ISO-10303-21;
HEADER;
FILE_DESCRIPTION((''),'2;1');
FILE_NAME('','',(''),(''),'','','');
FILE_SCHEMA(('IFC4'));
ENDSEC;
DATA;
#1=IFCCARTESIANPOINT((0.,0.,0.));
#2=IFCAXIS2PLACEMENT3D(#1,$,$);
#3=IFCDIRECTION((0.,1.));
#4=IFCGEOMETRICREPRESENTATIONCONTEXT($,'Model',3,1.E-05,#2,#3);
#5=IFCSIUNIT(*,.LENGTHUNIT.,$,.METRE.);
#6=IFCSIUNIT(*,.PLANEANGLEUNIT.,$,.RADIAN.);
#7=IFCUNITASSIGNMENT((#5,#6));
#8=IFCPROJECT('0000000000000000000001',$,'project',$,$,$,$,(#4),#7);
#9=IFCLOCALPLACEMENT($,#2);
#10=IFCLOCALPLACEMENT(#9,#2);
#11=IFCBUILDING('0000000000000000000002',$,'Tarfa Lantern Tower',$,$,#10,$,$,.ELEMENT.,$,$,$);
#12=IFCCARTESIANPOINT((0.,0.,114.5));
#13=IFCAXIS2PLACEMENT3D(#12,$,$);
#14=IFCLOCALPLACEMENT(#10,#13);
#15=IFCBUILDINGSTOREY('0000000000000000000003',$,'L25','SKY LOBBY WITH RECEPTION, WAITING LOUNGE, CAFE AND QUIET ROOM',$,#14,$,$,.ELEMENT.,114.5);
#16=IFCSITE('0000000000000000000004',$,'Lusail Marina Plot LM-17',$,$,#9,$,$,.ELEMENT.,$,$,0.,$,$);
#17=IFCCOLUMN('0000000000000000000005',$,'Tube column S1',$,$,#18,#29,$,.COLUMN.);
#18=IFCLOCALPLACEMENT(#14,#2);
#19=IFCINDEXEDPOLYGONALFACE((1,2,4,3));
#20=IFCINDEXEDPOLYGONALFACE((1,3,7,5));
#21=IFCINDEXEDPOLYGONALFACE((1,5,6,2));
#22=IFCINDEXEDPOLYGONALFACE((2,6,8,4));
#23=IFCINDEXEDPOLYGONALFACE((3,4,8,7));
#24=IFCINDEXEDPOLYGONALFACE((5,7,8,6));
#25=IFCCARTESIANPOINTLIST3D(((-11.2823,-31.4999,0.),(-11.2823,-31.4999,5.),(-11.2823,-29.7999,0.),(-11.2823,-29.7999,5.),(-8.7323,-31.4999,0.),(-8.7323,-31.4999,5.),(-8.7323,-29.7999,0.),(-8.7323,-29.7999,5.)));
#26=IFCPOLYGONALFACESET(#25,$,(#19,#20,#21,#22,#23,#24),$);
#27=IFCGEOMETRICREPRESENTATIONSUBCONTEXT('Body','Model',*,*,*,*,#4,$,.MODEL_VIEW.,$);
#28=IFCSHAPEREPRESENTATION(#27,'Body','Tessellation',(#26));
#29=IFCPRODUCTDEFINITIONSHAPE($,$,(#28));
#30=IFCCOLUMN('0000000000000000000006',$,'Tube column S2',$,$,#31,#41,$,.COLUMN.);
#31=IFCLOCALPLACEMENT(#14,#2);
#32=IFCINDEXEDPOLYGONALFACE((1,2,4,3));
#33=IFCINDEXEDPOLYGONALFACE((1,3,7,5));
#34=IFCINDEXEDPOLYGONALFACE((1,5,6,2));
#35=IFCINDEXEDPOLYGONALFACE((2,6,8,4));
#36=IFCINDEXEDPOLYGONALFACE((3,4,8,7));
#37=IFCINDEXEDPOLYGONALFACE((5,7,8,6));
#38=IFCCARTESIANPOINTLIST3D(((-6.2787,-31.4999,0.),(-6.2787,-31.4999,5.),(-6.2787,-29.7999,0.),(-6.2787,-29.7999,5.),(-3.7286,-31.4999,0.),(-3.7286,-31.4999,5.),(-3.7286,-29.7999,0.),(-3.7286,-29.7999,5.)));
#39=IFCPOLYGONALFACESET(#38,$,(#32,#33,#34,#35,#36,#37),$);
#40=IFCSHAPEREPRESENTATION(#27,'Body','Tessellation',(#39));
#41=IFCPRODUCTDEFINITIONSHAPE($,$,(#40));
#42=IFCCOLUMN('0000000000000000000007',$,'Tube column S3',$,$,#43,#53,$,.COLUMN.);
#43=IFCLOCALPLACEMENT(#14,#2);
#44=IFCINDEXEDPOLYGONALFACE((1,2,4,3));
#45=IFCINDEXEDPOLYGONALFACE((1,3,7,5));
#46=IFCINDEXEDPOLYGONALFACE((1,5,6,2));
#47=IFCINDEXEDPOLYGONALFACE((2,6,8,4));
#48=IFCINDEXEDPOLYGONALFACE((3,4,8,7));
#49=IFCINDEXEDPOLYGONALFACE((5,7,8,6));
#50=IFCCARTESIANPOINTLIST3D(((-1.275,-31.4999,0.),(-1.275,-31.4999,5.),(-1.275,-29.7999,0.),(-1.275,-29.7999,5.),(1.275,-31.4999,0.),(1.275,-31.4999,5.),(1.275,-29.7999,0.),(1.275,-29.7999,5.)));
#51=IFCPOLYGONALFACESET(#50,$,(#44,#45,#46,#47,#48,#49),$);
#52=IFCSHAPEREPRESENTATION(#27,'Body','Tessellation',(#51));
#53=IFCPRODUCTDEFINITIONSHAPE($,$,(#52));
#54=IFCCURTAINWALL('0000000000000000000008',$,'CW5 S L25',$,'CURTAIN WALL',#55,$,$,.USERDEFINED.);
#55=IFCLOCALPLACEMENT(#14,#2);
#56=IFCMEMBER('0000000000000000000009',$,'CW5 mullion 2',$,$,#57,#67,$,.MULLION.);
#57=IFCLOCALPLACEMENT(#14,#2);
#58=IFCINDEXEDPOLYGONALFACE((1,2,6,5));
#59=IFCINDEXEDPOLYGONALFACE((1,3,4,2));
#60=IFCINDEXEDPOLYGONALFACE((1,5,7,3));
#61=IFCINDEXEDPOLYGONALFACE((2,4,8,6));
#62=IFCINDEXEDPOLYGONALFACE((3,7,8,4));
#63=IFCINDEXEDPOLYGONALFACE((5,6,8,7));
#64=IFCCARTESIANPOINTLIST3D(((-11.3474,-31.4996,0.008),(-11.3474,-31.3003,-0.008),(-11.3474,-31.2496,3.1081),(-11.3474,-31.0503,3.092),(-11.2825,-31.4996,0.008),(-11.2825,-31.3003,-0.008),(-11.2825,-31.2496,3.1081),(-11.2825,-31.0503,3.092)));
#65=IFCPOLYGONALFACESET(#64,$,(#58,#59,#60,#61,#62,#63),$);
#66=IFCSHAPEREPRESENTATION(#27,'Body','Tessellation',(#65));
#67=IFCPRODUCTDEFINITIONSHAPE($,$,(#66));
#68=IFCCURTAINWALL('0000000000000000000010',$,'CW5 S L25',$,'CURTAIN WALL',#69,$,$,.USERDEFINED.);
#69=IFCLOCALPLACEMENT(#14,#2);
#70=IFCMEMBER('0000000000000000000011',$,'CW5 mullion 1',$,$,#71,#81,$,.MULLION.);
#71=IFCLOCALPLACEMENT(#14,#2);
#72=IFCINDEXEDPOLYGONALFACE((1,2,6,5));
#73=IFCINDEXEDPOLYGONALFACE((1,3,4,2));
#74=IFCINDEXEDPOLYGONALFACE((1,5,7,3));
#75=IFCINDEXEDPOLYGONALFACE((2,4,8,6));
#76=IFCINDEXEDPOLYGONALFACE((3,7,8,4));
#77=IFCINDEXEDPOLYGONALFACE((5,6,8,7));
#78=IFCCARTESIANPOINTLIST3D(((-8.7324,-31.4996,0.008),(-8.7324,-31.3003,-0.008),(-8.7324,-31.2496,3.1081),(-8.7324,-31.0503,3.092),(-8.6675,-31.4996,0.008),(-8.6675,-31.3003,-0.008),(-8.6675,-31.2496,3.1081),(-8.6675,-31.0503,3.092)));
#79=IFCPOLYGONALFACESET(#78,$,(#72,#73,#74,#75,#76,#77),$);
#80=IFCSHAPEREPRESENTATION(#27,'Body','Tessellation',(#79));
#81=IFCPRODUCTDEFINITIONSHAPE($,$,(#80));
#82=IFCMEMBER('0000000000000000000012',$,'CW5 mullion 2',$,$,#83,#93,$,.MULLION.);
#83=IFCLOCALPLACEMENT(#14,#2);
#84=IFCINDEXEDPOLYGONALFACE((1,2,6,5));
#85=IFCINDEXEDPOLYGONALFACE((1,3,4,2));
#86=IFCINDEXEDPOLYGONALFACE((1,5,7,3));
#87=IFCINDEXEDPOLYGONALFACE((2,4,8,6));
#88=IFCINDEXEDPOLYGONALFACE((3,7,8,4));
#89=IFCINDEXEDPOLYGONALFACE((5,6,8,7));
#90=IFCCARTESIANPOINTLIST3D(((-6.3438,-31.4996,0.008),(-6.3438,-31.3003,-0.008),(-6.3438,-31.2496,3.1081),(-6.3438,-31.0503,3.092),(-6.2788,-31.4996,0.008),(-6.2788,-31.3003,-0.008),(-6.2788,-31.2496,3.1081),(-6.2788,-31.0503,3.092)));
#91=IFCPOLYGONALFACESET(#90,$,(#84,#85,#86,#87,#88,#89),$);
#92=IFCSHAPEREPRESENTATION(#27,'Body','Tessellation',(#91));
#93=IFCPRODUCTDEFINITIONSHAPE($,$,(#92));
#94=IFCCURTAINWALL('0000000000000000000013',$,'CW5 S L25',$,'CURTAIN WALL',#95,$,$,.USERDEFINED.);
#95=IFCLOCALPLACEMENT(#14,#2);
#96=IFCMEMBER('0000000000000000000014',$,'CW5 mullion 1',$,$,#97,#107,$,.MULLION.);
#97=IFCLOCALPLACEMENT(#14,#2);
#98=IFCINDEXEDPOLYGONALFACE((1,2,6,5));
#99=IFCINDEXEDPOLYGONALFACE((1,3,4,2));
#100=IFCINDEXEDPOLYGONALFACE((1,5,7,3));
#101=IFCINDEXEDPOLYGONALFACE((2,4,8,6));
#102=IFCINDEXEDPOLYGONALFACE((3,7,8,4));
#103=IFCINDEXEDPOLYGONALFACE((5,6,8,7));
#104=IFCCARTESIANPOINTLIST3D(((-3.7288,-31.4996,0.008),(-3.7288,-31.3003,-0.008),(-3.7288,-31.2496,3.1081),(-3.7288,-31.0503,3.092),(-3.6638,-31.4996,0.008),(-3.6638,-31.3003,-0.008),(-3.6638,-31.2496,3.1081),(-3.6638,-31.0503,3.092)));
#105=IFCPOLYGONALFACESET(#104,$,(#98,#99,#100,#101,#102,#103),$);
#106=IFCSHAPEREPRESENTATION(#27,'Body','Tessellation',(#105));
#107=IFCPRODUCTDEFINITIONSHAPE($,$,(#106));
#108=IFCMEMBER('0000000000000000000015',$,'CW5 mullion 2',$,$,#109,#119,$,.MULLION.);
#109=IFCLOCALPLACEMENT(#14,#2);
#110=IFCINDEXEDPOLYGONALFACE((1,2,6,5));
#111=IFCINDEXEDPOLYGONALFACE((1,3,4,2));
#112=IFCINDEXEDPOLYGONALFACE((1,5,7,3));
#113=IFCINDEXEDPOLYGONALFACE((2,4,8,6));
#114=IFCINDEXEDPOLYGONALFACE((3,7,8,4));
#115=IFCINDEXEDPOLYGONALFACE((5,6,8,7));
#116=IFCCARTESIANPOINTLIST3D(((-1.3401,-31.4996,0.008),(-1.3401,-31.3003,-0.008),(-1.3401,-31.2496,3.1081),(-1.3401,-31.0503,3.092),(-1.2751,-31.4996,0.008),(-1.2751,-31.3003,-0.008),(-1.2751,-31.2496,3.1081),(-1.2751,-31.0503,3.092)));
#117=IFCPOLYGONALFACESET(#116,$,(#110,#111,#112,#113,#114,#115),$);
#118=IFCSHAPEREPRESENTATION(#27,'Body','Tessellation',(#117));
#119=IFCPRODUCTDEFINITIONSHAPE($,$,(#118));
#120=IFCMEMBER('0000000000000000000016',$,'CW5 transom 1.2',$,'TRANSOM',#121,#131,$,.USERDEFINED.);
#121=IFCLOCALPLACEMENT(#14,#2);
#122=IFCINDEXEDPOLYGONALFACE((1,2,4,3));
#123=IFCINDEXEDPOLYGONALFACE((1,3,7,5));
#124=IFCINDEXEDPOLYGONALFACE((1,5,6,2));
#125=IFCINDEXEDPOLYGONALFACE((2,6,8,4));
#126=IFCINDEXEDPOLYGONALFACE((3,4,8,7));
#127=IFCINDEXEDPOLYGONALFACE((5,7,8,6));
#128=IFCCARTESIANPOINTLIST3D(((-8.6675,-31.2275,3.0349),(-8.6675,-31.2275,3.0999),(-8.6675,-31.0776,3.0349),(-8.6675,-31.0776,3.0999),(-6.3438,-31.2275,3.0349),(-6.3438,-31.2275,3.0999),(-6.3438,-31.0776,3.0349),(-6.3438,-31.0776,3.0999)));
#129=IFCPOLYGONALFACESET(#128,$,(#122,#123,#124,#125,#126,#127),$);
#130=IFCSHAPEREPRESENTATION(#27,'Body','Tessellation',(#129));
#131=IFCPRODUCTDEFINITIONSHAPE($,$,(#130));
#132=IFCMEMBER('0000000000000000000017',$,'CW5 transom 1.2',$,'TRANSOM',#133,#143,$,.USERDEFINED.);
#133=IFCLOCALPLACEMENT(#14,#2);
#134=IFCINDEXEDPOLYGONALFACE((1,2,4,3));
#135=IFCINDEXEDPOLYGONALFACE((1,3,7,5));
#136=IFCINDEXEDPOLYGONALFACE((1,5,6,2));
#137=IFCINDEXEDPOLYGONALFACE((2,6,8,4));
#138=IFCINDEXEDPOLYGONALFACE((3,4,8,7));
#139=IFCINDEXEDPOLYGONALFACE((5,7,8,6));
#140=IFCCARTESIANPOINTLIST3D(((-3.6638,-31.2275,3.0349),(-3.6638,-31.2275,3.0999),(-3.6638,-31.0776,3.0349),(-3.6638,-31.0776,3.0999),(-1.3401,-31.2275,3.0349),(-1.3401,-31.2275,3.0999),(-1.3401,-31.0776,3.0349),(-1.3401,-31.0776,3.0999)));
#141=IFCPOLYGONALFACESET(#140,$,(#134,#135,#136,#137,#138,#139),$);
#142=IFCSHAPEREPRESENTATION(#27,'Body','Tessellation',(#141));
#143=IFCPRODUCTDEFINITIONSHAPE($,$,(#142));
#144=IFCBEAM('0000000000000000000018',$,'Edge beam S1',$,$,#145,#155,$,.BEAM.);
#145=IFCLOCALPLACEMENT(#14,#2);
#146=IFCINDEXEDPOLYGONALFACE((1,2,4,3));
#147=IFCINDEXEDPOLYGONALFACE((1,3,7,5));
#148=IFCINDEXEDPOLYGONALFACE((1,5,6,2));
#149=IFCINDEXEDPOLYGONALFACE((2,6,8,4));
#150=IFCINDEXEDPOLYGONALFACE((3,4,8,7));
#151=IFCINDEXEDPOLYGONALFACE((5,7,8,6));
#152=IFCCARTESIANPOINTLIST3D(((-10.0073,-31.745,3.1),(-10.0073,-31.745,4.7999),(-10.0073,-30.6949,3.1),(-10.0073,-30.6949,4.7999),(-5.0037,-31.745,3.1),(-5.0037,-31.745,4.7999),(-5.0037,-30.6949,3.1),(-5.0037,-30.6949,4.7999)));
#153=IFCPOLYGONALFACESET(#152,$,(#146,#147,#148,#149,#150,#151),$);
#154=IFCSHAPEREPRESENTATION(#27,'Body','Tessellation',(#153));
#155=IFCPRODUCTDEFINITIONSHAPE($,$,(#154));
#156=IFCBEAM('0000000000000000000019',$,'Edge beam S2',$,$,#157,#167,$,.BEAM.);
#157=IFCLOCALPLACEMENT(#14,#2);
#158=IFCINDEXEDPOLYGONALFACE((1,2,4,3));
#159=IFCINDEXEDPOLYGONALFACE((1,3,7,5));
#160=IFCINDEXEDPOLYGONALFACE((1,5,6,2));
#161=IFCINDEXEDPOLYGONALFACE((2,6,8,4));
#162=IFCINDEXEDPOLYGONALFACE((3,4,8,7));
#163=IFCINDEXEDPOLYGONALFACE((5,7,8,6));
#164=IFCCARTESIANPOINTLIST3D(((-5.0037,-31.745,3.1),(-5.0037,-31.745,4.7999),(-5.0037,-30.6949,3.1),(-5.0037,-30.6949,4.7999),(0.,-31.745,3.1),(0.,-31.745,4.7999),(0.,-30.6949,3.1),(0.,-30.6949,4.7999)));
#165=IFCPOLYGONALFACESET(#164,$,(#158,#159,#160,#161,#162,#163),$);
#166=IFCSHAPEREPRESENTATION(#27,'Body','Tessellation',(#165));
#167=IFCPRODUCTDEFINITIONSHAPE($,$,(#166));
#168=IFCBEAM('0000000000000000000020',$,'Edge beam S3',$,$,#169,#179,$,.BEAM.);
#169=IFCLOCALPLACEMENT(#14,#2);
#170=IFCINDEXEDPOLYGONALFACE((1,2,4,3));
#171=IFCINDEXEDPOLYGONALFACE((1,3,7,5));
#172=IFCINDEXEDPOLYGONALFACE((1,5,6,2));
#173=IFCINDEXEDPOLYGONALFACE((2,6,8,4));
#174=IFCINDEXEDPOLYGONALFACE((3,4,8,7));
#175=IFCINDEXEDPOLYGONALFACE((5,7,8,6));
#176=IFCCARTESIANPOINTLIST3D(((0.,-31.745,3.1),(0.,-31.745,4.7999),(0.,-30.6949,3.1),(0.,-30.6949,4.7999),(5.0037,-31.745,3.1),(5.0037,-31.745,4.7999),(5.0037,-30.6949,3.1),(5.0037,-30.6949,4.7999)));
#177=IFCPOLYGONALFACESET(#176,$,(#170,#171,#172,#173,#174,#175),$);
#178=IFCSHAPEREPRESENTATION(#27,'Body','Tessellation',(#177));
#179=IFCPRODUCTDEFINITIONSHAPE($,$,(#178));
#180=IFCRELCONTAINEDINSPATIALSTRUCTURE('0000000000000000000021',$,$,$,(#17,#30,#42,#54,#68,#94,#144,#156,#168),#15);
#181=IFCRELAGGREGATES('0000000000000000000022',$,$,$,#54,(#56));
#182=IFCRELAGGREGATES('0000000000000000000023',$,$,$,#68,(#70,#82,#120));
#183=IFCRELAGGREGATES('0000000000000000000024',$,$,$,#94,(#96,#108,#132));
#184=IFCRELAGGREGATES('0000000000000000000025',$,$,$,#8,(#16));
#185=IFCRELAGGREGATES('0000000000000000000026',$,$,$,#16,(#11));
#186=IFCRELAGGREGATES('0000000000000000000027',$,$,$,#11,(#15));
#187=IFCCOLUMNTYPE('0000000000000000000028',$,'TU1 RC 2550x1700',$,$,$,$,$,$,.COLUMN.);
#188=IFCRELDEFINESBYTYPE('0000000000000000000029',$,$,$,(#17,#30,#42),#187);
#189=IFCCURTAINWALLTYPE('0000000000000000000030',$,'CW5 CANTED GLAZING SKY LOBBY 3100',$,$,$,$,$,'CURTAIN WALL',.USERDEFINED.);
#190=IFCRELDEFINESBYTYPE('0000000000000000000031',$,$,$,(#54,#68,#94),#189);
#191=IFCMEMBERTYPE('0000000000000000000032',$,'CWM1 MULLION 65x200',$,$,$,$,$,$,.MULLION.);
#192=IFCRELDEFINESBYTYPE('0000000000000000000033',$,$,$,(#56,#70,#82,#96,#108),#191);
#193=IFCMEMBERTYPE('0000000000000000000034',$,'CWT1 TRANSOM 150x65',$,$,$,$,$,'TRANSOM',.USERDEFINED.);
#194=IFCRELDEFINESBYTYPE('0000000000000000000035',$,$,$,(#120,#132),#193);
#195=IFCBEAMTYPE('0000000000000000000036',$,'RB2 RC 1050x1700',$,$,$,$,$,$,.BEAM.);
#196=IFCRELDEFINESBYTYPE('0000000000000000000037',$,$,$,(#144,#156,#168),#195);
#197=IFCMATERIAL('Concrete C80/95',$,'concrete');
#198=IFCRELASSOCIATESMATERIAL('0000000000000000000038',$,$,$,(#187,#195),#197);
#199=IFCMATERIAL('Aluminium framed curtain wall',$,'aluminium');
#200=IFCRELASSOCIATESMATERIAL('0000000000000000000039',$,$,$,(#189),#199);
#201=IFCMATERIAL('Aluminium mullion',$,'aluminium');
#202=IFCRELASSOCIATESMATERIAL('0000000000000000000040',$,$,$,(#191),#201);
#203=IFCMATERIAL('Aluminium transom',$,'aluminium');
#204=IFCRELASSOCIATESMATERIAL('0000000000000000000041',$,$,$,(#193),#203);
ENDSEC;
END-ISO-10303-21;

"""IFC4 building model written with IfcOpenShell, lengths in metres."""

from ifc_helpers import new_model, si_unit, direction, frame, origin, origin_2d, place, context, subcontext, project, spatial, rectangle, extrude, material, material_profile, profile_set, type_object, element, aggregate, save


model = new_model("IFC4")

# Units and contexts
model_context = context("Model", 3, precision=1e-05, world=origin(), true_north=direction((0.0, 1.0)))
body_context = subcontext(model_context, "Body", "Model", "MODEL_VIEW")
ifc_project = project(units=[si_unit("LENGTHUNIT", "METRE"), si_unit("PLANEANGLEUNIT", "RADIAN")], contexts=[model_context])

# Site, building, storey
site_placement = place(None, origin())
site = spatial("IfcSite", under=ifc_project, at=site_placement, Name="Lusail Marina Plot LM-17", CompositionType="ELEMENT", RefElevation=0.0)
building_placement = place(site_placement, origin())
building = spatial("IfcBuilding", under=site, at=building_placement, Name="Tarfa Lantern Tower", CompositionType="ELEMENT")
storey_placement = place(building_placement, frame((0.0, 0.0, 114.5)))
storey = spatial("IfcBuildingStorey", under=building, at=storey_placement, Name="L25", Description="SKY LOBBY WITH RECEPTION, WAITING LOUNGE, CAFE AND QUIET ROOM", CompositionType="ELEMENT", Elevation=114.5)

# Columns
ifc_material_1 = material(Name="Concrete C80/95", Category="concrete")
ifc_material_profile_1 = material_profile(ifc_material_1, rectangle(XDim=2.55, YDim=1.7, at=origin_2d()), Name="RC 2550x1700")
ifc_profile_set_1 = profile_set([ifc_material_profile_1], Name="Concrete C80/95")
column_type = type_object("IfcColumnType", Name="TU1 RC 2550x1700", PredefinedType="COLUMN", material=ifc_profile_set_1)
for number, where, z_axis, x_axis, name in (
    (1, (-10.0073, -30.6499, 0.0), (0.0, 0.0, 1.0), (1.0, 0.0, 0.0), "Tube column S1"),
    (2, (-5.0037, -30.6499, 0.0), (0.0, 0.0, 1.0), (1.0, 0.0, 0.0), "Tube column S2"),
    (3, (0.0, -30.6499, 0.0), (0.0, 0.0, 1.0), (1.0, 0.0, 0.0), "Tube column S3"),
):
    element("IfcColumn", number, at=place(storey_placement, frame(where, z_axis=z_axis, x_axis=x_axis)), inside=storey, type_object=column_type, Name=name, PredefinedType="COLUMN", context=body_context, shape_type="SweptSolid", body=[
        extrude(rectangle(XDim=2.55, YDim=1.7, at=origin_2d()), origin(), (0.0, 0.0, 1.0), 5.0),
    ])

# Curtain wall, member
ifc_material_2 = material(Name="Aluminium framed curtain wall", Category="aluminium")
curtain_wall_type = type_object("IfcCurtainWallType", Name="CW5 CANTED GLAZING SKY LOBBY 3100", ElementType="CURTAIN WALL", PredefinedType="USERDEFINED", material=ifc_material_2)
curtain_wall_1_placement = place(storey_placement, origin())
curtain_wall_1 = element("IfcCurtainWall", 4, at=curtain_wall_1_placement, inside=storey, type_object=curtain_wall_type, Name="CW5 S L25", ObjectType="CURTAIN WALL", PredefinedType="USERDEFINED")
ifc_material_3 = material(Name="Aluminium mullion", Category="aluminium")
ifc_material_profile_2 = material_profile(ifc_material_3, rectangle(XDim=0.0649, YDim=0.2, at=origin_2d()), Name="AL MULLION 65x200")
ifc_profile_set_2 = profile_set([ifc_material_profile_2], Name="Aluminium mullion")
member_type_1 = type_object("IfcMemberType", Name="CWM1 MULLION 65x200", PredefinedType="MULLION", material=ifc_profile_set_2)
member_1_placement = place(storey_placement, frame((-11.3149, -31.3999, 0.0), z_axis=(0.0, 0.080382, 0.996764), x_axis=(-1.0, 0.0, 0.0)))
member_1 = element("IfcMember", 5, at=member_1_placement, type_object=member_type_1, Name="CW5 mullion 2", PredefinedType="MULLION", context=body_context, shape_type="SweptSolid", body=[
    extrude(rectangle(XDim=0.0649, YDim=0.2, at=origin_2d()), origin(), (0.0, 0.0, 1.0), 3.1101),
])
aggregate(curtain_wall_1, [member_1])

# Curtain walls, members
curtain_wall_2_placement = place(storey_placement, origin())
curtain_wall_2 = element("IfcCurtainWall", 6, at=curtain_wall_2_placement, inside=storey, type_object=curtain_wall_type, Name="CW5 S L25", ObjectType="CURTAIN WALL", PredefinedType="USERDEFINED")
member_2_placement = place(storey_placement, frame((-8.7, -31.3999, 0.0), z_axis=(0.0, 0.080382, 0.996764), x_axis=(-1.0, 0.0, 0.0)))
member_2 = element("IfcMember", 7, at=member_2_placement, type_object=member_type_1, Name="CW5 mullion 1", PredefinedType="MULLION", context=body_context, shape_type="SweptSolid", body=[
    extrude(rectangle(XDim=0.0649, YDim=0.2, at=origin_2d()), origin(), (0.0, 0.0, 1.0), 3.1101),
])
member_3_placement = place(storey_placement, frame((-6.3113, -31.3999, 0.0), z_axis=(0.0, 0.080382, 0.996764), x_axis=(-1.0, 0.0, 0.0)))
member_3 = element("IfcMember", 8, at=member_3_placement, type_object=member_type_1, Name="CW5 mullion 2", PredefinedType="MULLION", context=body_context, shape_type="SweptSolid", body=[
    extrude(rectangle(XDim=0.0649, YDim=0.2, at=origin_2d()), origin(), (0.0, 0.0, 1.0), 3.1101),
])
curtain_wall_3_placement = place(storey_placement, origin())
curtain_wall_3 = element("IfcCurtainWall", 9, at=curtain_wall_3_placement, inside=storey, type_object=curtain_wall_type, Name="CW5 S L25", ObjectType="CURTAIN WALL", PredefinedType="USERDEFINED")
member_4_placement = place(storey_placement, frame((-3.6963, -31.3999, 0.0), z_axis=(0.0, 0.080382, 0.996764), x_axis=(-1.0, 0.0, 0.0)))
member_4 = element("IfcMember", 10, at=member_4_placement, type_object=member_type_1, Name="CW5 mullion 1", PredefinedType="MULLION", context=body_context, shape_type="SweptSolid", body=[
    extrude(rectangle(XDim=0.0649, YDim=0.2, at=origin_2d()), origin(), (0.0, 0.0, 1.0), 3.1101),
])
member_5_placement = place(storey_placement, frame((-1.3076, -31.3999, 0.0), z_axis=(0.0, 0.080382, 0.996764), x_axis=(-1.0, 0.0, 0.0)))
member_5 = element("IfcMember", 11, at=member_5_placement, type_object=member_type_1, Name="CW5 mullion 2", PredefinedType="MULLION", context=body_context, shape_type="SweptSolid", body=[
    extrude(rectangle(XDim=0.0649, YDim=0.2, at=origin_2d()), origin(), (0.0, 0.0, 1.0), 3.1101),
])

# Members
ifc_material_4 = material(Name="Aluminium transom", Category="aluminium")
ifc_material_profile_3 = material_profile(ifc_material_4, rectangle(XDim=0.1499, YDim=0.0649, at=origin_2d()), Name="AL TRANSOM 150x65")
ifc_profile_set_3 = profile_set([ifc_material_profile_3], Name="Aluminium transom")
member_type_2 = type_object("IfcMemberType", Name="CWT1 TRANSOM 150x65", ElementType="TRANSOM", PredefinedType="USERDEFINED", material=ifc_profile_set_3)
member_6_placement = place(storey_placement, frame((-8.6675, -31.1526, 3.0674), z_axis=(1.0, 0.0, 0.0), x_axis=(0.0, 1.0, 0.0)))
member_6 = element("IfcMember", 12, at=member_6_placement, type_object=member_type_2, Name="CW5 transom 1.2", ObjectType="TRANSOM", PredefinedType="USERDEFINED", context=body_context, shape_type="SweptSolid", body=[
    extrude(rectangle(XDim=0.1499, YDim=0.0649, at=origin_2d()), origin(), (0.0, 0.0, 1.0), 2.3237),
])
member_7_placement = place(storey_placement, frame((-3.6638, -31.1526, 3.0674), z_axis=(1.0, 0.0, 0.0), x_axis=(0.0, 1.0, 0.0)))
member_7 = element("IfcMember", 13, at=member_7_placement, type_object=member_type_2, Name="CW5 transom 1.2", ObjectType="TRANSOM", PredefinedType="USERDEFINED", context=body_context, shape_type="SweptSolid", body=[
    extrude(rectangle(XDim=0.1499, YDim=0.0649, at=origin_2d()), origin(), (0.0, 0.0, 1.0), 2.3237),
])

# Beams
ifc_material_profile_4 = material_profile(ifc_material_1, rectangle(XDim=1.05, YDim=1.7, at=origin_2d()), Name="RC 1050x1700")
ifc_profile_set_4 = profile_set([ifc_material_profile_4], Name="Concrete C80/95")
beam_type_1 = type_object("IfcBeamType", Name="RB2 RC 1050x1700", PredefinedType="BEAM", material=ifc_profile_set_4)
for number, where, z_axis, x_axis, name in (
    (14, (-10.0073, -31.22, 3.95), (1.0, 0.0, 0.0), (0.0, 1.0, 0.0), "Edge beam S1"),
    (15, (-5.0037, -31.22, 3.95), (1.0, 0.0, 0.0), (0.0, 1.0, 0.0), "Edge beam S2"),
    (16, (0.0, -31.22, 3.95), (1.0, 0.0, 0.0), (0.0, 1.0, 0.0), "Edge beam S3"),
):
    element("IfcBeam", number, at=place(storey_placement, frame(where, z_axis=z_axis, x_axis=x_axis)), inside=storey, type_object=beam_type_1, Name=name, PredefinedType="BEAM", context=body_context, shape_type="SweptSolid", body=[
        extrude(rectangle(XDim=1.05, YDim=1.7, at=origin_2d()), origin(), (0.0, 0.0, 1.0), 5.0037),
    ])

aggregate(curtain_wall_2, [member_2, member_3, member_6])
aggregate(curtain_wall_3, [member_4, member_5, member_7])

save(model, "model.ifc")
